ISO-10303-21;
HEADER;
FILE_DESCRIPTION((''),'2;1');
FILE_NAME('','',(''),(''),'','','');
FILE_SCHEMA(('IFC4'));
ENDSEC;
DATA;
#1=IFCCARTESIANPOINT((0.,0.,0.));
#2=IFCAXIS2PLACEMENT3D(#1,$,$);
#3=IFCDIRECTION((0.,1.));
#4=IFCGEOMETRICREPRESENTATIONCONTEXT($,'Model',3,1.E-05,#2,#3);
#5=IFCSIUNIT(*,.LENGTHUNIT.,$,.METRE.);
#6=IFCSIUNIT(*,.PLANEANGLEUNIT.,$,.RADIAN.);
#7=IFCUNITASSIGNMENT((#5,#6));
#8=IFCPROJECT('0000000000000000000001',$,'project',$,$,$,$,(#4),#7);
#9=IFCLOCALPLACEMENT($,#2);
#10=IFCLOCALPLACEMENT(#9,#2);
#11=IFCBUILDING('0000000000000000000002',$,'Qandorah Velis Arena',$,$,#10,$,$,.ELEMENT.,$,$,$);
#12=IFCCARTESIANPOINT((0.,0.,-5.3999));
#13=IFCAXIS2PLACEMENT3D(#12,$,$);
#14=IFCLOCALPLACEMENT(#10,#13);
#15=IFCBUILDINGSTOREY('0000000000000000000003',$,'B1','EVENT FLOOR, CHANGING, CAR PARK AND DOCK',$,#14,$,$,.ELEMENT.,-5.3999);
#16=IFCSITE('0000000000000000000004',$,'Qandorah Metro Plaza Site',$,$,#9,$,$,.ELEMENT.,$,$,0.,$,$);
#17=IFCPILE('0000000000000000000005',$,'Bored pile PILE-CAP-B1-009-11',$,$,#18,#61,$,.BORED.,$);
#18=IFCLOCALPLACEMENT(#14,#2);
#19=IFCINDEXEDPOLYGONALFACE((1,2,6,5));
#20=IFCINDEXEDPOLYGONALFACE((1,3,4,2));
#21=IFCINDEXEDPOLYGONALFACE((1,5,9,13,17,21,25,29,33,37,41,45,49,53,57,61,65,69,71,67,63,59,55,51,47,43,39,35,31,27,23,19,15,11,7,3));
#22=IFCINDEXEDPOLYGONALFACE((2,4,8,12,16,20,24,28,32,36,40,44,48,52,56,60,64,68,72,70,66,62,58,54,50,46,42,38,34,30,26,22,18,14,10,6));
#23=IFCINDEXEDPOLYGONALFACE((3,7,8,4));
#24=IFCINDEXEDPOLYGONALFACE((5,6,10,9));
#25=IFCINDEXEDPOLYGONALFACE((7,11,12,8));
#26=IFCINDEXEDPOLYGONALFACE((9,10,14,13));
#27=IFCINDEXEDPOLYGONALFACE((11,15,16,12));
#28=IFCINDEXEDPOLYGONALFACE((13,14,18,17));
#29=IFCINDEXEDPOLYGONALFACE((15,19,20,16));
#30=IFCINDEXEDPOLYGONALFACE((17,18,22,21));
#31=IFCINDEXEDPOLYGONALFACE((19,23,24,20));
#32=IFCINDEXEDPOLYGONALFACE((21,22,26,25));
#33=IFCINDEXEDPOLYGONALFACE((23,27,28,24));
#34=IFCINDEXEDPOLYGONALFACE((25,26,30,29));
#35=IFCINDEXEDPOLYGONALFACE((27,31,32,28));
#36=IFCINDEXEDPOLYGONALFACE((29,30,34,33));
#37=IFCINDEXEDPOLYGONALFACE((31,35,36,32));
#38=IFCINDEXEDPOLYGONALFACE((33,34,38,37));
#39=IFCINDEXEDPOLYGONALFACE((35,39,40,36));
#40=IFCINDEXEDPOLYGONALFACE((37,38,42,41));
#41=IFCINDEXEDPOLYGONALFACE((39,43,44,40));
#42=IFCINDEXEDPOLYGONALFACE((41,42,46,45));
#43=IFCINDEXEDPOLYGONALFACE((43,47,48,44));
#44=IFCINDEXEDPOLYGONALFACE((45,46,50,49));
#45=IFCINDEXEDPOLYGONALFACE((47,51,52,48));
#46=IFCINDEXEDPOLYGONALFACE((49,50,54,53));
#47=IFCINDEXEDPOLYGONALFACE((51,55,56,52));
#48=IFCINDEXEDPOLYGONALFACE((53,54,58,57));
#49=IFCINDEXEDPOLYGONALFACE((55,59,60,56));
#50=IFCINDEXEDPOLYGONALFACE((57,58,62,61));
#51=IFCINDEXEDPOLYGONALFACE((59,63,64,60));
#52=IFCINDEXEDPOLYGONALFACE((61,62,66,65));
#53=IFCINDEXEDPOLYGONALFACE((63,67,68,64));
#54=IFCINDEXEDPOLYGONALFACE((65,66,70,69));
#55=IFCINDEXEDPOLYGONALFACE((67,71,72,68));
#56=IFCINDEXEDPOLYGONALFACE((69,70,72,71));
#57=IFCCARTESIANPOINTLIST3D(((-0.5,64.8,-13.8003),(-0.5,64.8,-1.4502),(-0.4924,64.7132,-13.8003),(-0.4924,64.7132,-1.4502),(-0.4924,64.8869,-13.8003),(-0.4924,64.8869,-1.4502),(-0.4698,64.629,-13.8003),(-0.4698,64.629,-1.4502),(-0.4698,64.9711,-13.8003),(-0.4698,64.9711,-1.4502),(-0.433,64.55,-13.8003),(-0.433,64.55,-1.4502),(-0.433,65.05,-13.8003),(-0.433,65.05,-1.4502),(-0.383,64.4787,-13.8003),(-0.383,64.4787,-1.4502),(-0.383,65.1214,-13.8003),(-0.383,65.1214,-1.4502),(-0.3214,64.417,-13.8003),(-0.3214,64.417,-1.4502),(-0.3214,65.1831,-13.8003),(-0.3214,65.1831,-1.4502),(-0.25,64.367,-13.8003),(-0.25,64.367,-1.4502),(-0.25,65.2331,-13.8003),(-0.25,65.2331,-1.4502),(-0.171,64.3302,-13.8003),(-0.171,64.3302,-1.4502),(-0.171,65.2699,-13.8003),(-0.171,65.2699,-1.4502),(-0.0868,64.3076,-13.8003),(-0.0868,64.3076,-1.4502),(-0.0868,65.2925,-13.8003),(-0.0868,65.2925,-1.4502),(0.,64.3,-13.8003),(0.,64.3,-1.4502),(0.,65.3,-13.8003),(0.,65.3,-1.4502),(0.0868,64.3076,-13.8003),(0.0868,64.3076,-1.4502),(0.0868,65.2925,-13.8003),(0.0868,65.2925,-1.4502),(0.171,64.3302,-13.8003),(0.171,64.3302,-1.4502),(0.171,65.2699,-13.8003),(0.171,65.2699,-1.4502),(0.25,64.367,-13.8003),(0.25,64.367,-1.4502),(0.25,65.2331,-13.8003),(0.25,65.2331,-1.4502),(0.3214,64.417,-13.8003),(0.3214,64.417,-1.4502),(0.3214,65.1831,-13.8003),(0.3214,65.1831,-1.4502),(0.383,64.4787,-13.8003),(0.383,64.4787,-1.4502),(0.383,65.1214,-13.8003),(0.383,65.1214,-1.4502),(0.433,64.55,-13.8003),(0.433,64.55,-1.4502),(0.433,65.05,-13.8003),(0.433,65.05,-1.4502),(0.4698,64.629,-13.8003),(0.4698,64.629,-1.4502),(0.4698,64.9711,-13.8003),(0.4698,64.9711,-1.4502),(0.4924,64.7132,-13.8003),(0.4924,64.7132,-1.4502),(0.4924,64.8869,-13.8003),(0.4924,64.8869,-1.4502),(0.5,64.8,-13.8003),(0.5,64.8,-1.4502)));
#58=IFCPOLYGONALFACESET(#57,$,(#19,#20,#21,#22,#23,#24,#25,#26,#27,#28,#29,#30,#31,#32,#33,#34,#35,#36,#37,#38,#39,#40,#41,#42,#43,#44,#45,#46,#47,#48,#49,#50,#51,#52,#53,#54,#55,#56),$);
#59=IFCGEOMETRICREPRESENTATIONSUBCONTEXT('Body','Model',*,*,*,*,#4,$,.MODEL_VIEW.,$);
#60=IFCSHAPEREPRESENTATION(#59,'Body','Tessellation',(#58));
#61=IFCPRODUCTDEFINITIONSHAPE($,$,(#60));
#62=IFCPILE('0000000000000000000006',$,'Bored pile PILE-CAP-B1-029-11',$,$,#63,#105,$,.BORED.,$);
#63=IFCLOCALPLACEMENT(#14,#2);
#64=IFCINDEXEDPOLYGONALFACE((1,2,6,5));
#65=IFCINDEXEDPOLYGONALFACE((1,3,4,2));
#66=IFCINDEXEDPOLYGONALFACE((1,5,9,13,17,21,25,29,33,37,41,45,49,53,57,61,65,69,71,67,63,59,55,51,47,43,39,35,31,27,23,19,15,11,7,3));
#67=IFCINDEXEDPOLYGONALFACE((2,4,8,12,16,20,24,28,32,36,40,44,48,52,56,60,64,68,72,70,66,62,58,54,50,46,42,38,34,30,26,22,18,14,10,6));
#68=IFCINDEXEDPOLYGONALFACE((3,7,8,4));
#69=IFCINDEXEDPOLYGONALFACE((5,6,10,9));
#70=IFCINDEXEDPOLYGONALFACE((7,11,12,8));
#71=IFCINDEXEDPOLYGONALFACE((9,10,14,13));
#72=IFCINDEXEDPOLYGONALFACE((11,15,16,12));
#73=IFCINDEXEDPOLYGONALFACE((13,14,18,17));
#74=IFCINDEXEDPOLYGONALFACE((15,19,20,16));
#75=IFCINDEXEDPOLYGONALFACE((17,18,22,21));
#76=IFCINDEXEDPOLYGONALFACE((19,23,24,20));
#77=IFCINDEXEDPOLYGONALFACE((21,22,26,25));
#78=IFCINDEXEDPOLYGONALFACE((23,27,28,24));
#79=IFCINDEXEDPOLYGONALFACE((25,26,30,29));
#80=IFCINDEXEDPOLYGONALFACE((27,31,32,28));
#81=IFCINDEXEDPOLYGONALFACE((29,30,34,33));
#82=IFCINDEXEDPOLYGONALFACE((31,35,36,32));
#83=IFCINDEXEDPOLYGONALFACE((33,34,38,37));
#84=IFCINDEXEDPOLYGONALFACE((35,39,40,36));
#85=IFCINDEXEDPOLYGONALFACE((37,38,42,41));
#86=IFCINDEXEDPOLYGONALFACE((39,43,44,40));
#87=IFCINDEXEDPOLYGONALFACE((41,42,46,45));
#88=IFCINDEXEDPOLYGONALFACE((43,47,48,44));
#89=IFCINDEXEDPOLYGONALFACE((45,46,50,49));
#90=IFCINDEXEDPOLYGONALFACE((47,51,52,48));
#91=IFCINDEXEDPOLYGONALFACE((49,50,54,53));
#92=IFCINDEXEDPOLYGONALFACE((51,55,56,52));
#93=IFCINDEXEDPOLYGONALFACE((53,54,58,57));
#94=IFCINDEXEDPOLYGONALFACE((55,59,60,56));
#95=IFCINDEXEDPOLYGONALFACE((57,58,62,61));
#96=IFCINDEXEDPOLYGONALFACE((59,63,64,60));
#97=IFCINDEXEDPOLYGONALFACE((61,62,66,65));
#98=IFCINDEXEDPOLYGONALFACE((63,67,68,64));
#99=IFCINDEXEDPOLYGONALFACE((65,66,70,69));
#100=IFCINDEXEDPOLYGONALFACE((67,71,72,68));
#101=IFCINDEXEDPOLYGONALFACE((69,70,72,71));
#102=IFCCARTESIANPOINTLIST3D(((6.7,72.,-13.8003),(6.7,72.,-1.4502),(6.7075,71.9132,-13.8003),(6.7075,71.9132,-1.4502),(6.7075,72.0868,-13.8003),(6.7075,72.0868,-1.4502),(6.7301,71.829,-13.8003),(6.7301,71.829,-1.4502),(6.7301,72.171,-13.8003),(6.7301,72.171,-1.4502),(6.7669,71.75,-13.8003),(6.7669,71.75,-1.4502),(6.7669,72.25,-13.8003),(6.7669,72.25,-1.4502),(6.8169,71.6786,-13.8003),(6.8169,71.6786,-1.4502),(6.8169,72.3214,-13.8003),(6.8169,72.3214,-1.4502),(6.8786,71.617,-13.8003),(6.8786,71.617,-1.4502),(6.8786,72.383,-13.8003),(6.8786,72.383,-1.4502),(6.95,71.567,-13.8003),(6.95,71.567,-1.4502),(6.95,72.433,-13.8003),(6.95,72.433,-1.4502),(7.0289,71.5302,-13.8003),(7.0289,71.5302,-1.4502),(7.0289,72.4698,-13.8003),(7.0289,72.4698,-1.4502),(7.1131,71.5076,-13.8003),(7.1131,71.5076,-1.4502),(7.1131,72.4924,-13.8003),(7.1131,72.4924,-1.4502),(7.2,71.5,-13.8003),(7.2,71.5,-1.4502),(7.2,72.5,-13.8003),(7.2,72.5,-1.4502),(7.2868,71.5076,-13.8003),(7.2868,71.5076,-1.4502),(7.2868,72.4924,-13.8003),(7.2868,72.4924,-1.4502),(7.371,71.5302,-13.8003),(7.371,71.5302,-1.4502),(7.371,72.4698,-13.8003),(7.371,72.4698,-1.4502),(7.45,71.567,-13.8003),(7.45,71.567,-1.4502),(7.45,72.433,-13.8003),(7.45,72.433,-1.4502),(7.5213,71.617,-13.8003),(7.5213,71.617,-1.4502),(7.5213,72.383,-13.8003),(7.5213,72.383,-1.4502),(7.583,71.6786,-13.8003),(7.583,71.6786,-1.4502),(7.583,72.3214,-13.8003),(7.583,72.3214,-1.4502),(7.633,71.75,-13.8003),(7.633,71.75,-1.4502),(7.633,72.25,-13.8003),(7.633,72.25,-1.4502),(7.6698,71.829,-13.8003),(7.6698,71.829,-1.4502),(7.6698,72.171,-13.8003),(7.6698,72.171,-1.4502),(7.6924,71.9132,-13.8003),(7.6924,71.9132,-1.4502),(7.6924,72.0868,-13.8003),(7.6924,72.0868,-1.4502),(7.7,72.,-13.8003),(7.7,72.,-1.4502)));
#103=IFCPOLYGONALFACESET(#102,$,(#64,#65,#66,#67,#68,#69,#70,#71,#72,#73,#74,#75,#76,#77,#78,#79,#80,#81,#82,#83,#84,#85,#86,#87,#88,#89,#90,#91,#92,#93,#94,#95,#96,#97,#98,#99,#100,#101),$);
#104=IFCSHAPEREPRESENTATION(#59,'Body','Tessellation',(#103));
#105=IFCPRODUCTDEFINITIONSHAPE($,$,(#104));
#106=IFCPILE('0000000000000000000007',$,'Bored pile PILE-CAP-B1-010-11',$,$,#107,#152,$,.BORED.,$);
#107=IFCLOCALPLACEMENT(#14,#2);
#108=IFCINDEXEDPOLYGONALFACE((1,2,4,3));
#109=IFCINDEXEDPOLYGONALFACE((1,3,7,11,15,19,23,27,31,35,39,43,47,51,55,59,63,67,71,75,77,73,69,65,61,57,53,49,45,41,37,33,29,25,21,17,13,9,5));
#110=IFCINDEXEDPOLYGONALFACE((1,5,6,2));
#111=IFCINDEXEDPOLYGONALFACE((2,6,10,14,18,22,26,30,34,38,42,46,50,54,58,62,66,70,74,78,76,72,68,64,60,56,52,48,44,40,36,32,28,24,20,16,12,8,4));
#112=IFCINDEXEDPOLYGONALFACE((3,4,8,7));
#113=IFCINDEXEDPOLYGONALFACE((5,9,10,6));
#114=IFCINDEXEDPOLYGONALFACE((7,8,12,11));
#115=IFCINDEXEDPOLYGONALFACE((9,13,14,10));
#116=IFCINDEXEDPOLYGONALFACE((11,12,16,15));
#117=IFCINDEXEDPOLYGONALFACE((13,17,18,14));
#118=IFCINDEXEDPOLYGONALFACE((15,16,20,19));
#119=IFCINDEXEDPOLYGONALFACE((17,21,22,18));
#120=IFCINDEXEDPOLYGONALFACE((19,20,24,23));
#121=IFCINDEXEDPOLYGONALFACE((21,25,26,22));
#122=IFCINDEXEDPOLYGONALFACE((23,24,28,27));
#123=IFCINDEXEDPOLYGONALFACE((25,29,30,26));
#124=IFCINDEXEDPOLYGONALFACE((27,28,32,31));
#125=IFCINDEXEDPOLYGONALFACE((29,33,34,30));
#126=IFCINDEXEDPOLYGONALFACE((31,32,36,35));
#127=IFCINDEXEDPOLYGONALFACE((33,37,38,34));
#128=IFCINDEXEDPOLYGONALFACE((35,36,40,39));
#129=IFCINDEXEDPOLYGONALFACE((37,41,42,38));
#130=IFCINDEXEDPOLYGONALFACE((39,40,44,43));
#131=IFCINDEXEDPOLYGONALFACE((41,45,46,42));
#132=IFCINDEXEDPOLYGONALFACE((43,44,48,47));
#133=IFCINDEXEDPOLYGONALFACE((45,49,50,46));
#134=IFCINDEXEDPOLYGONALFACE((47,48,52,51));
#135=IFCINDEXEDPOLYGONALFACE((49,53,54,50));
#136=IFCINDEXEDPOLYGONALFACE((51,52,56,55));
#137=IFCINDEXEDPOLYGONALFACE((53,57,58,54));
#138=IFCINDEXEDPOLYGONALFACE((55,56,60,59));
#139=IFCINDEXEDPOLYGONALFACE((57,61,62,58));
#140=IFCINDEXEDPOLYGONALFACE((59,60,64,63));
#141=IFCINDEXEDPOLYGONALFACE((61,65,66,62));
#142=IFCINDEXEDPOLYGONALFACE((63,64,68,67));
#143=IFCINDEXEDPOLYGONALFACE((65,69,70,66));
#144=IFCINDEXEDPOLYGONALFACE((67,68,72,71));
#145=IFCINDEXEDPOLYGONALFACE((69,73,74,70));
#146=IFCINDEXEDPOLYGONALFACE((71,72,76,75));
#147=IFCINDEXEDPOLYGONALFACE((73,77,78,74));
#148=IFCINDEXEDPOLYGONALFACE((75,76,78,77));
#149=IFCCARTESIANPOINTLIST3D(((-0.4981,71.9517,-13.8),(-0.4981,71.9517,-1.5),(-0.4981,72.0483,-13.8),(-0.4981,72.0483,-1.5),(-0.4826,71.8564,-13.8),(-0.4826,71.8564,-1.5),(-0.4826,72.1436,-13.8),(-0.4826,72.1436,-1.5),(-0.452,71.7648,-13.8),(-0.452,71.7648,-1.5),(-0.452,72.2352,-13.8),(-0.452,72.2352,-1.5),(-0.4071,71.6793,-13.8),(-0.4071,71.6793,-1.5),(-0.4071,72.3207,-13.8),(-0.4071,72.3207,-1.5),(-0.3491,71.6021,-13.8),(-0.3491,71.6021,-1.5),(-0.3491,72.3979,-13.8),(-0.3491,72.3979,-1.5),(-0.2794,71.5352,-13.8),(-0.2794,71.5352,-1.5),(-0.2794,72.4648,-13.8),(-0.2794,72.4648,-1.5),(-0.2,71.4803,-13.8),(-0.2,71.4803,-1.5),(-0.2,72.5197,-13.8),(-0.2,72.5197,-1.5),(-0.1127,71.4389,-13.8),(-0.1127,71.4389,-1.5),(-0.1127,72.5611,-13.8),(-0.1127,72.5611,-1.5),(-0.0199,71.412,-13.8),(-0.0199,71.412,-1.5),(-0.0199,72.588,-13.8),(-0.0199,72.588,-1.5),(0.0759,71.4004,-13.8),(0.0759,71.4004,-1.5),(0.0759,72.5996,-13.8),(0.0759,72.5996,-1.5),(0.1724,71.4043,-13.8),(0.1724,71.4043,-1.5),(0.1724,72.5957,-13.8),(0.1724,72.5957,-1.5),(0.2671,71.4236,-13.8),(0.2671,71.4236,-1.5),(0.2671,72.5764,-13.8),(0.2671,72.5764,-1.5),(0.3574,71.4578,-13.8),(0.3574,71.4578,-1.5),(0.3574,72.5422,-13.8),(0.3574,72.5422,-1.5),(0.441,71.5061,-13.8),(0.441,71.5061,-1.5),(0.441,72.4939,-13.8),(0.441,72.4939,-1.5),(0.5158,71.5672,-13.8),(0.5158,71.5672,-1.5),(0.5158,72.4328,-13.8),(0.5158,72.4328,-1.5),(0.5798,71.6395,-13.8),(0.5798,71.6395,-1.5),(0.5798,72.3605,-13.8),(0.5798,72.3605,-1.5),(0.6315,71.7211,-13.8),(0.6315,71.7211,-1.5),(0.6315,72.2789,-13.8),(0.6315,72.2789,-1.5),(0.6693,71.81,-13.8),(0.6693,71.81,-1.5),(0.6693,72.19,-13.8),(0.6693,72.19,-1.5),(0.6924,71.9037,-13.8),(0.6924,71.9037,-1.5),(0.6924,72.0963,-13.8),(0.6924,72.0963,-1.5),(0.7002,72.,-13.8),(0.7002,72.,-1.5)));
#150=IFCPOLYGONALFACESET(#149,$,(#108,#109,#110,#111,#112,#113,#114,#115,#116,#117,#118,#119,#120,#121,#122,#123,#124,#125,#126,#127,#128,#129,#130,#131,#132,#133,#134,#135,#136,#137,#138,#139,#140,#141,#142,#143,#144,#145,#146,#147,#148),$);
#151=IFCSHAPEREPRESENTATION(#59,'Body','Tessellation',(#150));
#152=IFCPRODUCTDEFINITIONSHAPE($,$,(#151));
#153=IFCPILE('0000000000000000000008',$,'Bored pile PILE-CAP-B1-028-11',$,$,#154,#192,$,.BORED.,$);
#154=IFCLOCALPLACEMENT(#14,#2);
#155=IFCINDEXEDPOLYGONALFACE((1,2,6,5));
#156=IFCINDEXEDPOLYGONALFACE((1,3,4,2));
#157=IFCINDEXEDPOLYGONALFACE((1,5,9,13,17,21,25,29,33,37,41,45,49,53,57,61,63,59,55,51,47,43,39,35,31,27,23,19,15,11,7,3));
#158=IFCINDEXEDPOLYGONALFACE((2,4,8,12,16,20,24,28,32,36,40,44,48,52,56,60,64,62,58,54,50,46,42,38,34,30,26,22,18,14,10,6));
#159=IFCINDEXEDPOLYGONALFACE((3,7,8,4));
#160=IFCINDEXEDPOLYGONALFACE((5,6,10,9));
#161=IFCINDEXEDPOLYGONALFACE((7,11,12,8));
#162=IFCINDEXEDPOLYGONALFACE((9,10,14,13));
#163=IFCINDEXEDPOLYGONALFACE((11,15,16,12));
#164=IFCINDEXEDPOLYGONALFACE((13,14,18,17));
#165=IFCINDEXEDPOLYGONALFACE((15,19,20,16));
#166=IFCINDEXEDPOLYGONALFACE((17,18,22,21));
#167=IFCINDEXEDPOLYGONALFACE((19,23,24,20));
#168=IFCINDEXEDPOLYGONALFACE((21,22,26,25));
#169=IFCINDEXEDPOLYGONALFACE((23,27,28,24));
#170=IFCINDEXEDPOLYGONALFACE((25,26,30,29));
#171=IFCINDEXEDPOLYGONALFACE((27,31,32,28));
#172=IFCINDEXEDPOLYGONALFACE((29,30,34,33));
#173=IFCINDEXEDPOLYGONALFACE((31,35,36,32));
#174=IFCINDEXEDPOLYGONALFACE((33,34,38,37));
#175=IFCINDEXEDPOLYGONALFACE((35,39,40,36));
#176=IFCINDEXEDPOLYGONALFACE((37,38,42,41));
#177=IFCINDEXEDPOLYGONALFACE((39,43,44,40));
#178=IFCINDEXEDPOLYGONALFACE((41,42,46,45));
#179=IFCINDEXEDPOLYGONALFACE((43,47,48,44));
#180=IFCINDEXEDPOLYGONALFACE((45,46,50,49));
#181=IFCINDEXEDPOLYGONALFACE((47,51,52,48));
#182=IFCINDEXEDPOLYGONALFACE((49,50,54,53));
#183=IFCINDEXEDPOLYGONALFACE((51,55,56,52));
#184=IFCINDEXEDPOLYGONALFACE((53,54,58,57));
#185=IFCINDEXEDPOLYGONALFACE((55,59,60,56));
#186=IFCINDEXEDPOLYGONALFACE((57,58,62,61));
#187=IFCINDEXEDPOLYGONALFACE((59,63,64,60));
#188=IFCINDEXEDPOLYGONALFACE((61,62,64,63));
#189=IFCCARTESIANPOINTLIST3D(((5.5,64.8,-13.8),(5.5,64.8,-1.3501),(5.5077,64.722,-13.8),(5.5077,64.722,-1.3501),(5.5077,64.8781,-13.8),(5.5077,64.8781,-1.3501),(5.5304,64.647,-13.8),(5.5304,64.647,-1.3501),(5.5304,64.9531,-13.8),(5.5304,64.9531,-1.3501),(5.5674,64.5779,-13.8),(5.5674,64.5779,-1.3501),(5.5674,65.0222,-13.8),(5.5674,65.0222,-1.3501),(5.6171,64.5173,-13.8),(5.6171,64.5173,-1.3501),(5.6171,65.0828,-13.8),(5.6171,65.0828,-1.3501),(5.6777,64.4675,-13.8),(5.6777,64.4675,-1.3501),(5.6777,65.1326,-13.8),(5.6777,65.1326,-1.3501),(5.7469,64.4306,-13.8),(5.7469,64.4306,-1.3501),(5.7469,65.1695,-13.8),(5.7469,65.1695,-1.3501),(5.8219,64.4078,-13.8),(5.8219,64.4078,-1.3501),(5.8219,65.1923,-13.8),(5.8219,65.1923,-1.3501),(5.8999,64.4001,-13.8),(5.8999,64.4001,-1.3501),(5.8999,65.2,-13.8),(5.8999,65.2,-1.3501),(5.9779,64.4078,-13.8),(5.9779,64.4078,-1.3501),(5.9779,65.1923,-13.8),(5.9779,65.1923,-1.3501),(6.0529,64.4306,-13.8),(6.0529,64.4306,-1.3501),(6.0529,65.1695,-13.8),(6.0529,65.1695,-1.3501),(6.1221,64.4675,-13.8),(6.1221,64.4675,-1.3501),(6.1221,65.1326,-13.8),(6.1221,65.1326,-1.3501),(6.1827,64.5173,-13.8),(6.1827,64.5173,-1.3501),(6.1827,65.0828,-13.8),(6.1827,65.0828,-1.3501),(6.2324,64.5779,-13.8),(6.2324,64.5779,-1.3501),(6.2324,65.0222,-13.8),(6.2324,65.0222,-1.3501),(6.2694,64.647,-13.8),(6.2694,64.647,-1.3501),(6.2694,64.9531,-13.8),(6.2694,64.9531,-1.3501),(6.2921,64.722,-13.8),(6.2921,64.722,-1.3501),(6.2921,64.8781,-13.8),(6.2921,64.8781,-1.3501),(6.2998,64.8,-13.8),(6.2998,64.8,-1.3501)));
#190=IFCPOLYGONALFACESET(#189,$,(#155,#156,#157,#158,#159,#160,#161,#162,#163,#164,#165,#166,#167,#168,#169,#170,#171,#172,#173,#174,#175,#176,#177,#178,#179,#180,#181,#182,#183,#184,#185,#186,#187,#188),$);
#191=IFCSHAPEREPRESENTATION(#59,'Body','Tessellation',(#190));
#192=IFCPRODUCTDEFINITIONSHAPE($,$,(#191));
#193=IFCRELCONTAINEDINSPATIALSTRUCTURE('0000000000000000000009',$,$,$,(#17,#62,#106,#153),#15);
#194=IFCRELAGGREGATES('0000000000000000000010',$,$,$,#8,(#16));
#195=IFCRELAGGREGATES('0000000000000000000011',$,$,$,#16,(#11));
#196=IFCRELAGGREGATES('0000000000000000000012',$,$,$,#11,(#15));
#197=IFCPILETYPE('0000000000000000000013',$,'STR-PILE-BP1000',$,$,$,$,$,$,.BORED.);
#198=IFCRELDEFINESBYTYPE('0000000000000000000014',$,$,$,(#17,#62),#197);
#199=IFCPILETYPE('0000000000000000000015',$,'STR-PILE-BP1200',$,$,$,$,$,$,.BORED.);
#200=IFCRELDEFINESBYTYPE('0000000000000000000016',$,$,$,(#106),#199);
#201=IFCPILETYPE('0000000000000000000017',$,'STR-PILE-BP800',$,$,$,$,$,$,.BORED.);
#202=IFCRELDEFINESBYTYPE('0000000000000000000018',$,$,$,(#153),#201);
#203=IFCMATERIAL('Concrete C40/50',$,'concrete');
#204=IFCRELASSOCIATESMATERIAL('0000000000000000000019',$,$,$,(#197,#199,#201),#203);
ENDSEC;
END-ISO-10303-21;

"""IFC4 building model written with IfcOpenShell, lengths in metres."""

from ifc_helpers import new_model, si_unit, direction, frame, origin, origin_2d, place, context, subcontext, project, spatial, circle, extrude, material, material_profile, profile_set, type_object, element, save


model = new_model("IFC4")

# Units and contexts
model_context = context("Model", 3, precision=1e-05, world=origin(), true_north=direction((0.0, 1.0)))
body_context = subcontext(model_context, "Body", "Model", "MODEL_VIEW")
ifc_project = project(units=[si_unit("LENGTHUNIT", "METRE"), si_unit("PLANEANGLEUNIT", "RADIAN")], contexts=[model_context])

# Site, building, storey
site_placement = place(None, origin())
site = spatial("IfcSite", under=ifc_project, at=site_placement, Name="Qandorah Metro Plaza Site", CompositionType="ELEMENT", RefElevation=0.0)
building_placement = place(site_placement, origin())
building = spatial("IfcBuilding", under=site, at=building_placement, Name="Qandorah Velis Arena", CompositionType="ELEMENT")
storey_placement = place(building_placement, frame((0.0, 0.0, -5.3999)))
storey = spatial("IfcBuildingStorey", under=building, at=storey_placement, Name="B1", Description="EVENT FLOOR, CHANGING, CAR PARK AND DOCK", CompositionType="ELEMENT", Elevation=-5.3999)

# Shared definitions
ifc_material = material(Name="Concrete C40/50", Category="concrete")

# Piles
ifc_material_profile_1 = material_profile(ifc_material, circle(Radius=0.5, at=origin_2d()), Name="BORED PILE D1000")
ifc_profile_set_1 = profile_set([ifc_material_profile_1], Name="Concrete C40/50")
pile_type_1 = type_object("IfcPileType", Name="STR-PILE-BP1000", PredefinedType="BORED", material=ifc_profile_set_1)
for number, where, z_axis, x_axis, name in (
    (1, (0.0, 64.8, -1.4502), (0.0, 0.0, -1.0), (1.0, 0.0, 0.0), "Bored pile PILE-CAP-B1-009-11"),
    (2, (7.2, 72.0, -1.4502), (0.0, 0.0, -1.0), (1.0, 0.0, 0.0), "Bored pile PILE-CAP-B1-029-11"),
):
    element("IfcPile", number, at=place(storey_placement, frame(where, z_axis=z_axis, x_axis=x_axis)), inside=storey, type_object=pile_type_1, Name=name, PredefinedType="BORED", context=body_context, shape_type="SweptSolid", body=[
        extrude(circle(Radius=0.5, at=origin_2d()), origin(), (0.0, 0.0, 1.0), 12.3501),
    ])
ifc_material_profile_2 = material_profile(ifc_material, circle(Radius=0.6001, at=origin_2d()), Name="BORED PILE D1200")
ifc_profile_set_2 = profile_set([ifc_material_profile_2], Name="Concrete C40/50")
pile_type_2 = type_object("IfcPileType", Name="STR-PILE-BP1200", PredefinedType="BORED", material=ifc_profile_set_2)
pile_1_placement = place(storey_placement, frame((0.1001, 72.0, -1.5), z_axis=(0.0, 0.0, -1.0), x_axis=(1.0, 0.0, 0.0)))
element("IfcPile", 3, at=pile_1_placement, inside=storey, type_object=pile_type_2, Name="Bored pile PILE-CAP-B1-010-11", PredefinedType="BORED", context=body_context, shape_type="SweptSolid", body=[
    extrude(circle(Radius=0.6001, at=origin_2d()), origin(), (0.0, 0.0, 1.0), 12.3),
])
ifc_material_profile_3 = material_profile(ifc_material, circle(Radius=0.3999, at=origin_2d()), Name="BORED PILE D800")
ifc_profile_set_3 = profile_set([ifc_material_profile_3], Name="Concrete C40/50")
pile_type_3 = type_object("IfcPileType", Name="STR-PILE-BP800", PredefinedType="BORED", material=ifc_profile_set_3)
for number, where, z_axis, x_axis, name in (
    (4, (5.8999, 64.8, -1.3501), (0.0, 0.0, -1.0), (1.0, 0.0, 0.0), "Bored pile PILE-CAP-B1-028-11"),
):
    element("IfcPile", number, at=place(storey_placement, frame(where, z_axis=z_axis, x_axis=x_axis)), inside=storey, type_object=pile_type_3, Name=name, PredefinedType="BORED", context=body_context, shape_type="SweptSolid", body=[
        extrude(circle(Radius=0.3999, at=origin_2d()), origin(), (0.0, 0.0, 1.0), 12.45),
    ])

save(model, "model.ifc")
